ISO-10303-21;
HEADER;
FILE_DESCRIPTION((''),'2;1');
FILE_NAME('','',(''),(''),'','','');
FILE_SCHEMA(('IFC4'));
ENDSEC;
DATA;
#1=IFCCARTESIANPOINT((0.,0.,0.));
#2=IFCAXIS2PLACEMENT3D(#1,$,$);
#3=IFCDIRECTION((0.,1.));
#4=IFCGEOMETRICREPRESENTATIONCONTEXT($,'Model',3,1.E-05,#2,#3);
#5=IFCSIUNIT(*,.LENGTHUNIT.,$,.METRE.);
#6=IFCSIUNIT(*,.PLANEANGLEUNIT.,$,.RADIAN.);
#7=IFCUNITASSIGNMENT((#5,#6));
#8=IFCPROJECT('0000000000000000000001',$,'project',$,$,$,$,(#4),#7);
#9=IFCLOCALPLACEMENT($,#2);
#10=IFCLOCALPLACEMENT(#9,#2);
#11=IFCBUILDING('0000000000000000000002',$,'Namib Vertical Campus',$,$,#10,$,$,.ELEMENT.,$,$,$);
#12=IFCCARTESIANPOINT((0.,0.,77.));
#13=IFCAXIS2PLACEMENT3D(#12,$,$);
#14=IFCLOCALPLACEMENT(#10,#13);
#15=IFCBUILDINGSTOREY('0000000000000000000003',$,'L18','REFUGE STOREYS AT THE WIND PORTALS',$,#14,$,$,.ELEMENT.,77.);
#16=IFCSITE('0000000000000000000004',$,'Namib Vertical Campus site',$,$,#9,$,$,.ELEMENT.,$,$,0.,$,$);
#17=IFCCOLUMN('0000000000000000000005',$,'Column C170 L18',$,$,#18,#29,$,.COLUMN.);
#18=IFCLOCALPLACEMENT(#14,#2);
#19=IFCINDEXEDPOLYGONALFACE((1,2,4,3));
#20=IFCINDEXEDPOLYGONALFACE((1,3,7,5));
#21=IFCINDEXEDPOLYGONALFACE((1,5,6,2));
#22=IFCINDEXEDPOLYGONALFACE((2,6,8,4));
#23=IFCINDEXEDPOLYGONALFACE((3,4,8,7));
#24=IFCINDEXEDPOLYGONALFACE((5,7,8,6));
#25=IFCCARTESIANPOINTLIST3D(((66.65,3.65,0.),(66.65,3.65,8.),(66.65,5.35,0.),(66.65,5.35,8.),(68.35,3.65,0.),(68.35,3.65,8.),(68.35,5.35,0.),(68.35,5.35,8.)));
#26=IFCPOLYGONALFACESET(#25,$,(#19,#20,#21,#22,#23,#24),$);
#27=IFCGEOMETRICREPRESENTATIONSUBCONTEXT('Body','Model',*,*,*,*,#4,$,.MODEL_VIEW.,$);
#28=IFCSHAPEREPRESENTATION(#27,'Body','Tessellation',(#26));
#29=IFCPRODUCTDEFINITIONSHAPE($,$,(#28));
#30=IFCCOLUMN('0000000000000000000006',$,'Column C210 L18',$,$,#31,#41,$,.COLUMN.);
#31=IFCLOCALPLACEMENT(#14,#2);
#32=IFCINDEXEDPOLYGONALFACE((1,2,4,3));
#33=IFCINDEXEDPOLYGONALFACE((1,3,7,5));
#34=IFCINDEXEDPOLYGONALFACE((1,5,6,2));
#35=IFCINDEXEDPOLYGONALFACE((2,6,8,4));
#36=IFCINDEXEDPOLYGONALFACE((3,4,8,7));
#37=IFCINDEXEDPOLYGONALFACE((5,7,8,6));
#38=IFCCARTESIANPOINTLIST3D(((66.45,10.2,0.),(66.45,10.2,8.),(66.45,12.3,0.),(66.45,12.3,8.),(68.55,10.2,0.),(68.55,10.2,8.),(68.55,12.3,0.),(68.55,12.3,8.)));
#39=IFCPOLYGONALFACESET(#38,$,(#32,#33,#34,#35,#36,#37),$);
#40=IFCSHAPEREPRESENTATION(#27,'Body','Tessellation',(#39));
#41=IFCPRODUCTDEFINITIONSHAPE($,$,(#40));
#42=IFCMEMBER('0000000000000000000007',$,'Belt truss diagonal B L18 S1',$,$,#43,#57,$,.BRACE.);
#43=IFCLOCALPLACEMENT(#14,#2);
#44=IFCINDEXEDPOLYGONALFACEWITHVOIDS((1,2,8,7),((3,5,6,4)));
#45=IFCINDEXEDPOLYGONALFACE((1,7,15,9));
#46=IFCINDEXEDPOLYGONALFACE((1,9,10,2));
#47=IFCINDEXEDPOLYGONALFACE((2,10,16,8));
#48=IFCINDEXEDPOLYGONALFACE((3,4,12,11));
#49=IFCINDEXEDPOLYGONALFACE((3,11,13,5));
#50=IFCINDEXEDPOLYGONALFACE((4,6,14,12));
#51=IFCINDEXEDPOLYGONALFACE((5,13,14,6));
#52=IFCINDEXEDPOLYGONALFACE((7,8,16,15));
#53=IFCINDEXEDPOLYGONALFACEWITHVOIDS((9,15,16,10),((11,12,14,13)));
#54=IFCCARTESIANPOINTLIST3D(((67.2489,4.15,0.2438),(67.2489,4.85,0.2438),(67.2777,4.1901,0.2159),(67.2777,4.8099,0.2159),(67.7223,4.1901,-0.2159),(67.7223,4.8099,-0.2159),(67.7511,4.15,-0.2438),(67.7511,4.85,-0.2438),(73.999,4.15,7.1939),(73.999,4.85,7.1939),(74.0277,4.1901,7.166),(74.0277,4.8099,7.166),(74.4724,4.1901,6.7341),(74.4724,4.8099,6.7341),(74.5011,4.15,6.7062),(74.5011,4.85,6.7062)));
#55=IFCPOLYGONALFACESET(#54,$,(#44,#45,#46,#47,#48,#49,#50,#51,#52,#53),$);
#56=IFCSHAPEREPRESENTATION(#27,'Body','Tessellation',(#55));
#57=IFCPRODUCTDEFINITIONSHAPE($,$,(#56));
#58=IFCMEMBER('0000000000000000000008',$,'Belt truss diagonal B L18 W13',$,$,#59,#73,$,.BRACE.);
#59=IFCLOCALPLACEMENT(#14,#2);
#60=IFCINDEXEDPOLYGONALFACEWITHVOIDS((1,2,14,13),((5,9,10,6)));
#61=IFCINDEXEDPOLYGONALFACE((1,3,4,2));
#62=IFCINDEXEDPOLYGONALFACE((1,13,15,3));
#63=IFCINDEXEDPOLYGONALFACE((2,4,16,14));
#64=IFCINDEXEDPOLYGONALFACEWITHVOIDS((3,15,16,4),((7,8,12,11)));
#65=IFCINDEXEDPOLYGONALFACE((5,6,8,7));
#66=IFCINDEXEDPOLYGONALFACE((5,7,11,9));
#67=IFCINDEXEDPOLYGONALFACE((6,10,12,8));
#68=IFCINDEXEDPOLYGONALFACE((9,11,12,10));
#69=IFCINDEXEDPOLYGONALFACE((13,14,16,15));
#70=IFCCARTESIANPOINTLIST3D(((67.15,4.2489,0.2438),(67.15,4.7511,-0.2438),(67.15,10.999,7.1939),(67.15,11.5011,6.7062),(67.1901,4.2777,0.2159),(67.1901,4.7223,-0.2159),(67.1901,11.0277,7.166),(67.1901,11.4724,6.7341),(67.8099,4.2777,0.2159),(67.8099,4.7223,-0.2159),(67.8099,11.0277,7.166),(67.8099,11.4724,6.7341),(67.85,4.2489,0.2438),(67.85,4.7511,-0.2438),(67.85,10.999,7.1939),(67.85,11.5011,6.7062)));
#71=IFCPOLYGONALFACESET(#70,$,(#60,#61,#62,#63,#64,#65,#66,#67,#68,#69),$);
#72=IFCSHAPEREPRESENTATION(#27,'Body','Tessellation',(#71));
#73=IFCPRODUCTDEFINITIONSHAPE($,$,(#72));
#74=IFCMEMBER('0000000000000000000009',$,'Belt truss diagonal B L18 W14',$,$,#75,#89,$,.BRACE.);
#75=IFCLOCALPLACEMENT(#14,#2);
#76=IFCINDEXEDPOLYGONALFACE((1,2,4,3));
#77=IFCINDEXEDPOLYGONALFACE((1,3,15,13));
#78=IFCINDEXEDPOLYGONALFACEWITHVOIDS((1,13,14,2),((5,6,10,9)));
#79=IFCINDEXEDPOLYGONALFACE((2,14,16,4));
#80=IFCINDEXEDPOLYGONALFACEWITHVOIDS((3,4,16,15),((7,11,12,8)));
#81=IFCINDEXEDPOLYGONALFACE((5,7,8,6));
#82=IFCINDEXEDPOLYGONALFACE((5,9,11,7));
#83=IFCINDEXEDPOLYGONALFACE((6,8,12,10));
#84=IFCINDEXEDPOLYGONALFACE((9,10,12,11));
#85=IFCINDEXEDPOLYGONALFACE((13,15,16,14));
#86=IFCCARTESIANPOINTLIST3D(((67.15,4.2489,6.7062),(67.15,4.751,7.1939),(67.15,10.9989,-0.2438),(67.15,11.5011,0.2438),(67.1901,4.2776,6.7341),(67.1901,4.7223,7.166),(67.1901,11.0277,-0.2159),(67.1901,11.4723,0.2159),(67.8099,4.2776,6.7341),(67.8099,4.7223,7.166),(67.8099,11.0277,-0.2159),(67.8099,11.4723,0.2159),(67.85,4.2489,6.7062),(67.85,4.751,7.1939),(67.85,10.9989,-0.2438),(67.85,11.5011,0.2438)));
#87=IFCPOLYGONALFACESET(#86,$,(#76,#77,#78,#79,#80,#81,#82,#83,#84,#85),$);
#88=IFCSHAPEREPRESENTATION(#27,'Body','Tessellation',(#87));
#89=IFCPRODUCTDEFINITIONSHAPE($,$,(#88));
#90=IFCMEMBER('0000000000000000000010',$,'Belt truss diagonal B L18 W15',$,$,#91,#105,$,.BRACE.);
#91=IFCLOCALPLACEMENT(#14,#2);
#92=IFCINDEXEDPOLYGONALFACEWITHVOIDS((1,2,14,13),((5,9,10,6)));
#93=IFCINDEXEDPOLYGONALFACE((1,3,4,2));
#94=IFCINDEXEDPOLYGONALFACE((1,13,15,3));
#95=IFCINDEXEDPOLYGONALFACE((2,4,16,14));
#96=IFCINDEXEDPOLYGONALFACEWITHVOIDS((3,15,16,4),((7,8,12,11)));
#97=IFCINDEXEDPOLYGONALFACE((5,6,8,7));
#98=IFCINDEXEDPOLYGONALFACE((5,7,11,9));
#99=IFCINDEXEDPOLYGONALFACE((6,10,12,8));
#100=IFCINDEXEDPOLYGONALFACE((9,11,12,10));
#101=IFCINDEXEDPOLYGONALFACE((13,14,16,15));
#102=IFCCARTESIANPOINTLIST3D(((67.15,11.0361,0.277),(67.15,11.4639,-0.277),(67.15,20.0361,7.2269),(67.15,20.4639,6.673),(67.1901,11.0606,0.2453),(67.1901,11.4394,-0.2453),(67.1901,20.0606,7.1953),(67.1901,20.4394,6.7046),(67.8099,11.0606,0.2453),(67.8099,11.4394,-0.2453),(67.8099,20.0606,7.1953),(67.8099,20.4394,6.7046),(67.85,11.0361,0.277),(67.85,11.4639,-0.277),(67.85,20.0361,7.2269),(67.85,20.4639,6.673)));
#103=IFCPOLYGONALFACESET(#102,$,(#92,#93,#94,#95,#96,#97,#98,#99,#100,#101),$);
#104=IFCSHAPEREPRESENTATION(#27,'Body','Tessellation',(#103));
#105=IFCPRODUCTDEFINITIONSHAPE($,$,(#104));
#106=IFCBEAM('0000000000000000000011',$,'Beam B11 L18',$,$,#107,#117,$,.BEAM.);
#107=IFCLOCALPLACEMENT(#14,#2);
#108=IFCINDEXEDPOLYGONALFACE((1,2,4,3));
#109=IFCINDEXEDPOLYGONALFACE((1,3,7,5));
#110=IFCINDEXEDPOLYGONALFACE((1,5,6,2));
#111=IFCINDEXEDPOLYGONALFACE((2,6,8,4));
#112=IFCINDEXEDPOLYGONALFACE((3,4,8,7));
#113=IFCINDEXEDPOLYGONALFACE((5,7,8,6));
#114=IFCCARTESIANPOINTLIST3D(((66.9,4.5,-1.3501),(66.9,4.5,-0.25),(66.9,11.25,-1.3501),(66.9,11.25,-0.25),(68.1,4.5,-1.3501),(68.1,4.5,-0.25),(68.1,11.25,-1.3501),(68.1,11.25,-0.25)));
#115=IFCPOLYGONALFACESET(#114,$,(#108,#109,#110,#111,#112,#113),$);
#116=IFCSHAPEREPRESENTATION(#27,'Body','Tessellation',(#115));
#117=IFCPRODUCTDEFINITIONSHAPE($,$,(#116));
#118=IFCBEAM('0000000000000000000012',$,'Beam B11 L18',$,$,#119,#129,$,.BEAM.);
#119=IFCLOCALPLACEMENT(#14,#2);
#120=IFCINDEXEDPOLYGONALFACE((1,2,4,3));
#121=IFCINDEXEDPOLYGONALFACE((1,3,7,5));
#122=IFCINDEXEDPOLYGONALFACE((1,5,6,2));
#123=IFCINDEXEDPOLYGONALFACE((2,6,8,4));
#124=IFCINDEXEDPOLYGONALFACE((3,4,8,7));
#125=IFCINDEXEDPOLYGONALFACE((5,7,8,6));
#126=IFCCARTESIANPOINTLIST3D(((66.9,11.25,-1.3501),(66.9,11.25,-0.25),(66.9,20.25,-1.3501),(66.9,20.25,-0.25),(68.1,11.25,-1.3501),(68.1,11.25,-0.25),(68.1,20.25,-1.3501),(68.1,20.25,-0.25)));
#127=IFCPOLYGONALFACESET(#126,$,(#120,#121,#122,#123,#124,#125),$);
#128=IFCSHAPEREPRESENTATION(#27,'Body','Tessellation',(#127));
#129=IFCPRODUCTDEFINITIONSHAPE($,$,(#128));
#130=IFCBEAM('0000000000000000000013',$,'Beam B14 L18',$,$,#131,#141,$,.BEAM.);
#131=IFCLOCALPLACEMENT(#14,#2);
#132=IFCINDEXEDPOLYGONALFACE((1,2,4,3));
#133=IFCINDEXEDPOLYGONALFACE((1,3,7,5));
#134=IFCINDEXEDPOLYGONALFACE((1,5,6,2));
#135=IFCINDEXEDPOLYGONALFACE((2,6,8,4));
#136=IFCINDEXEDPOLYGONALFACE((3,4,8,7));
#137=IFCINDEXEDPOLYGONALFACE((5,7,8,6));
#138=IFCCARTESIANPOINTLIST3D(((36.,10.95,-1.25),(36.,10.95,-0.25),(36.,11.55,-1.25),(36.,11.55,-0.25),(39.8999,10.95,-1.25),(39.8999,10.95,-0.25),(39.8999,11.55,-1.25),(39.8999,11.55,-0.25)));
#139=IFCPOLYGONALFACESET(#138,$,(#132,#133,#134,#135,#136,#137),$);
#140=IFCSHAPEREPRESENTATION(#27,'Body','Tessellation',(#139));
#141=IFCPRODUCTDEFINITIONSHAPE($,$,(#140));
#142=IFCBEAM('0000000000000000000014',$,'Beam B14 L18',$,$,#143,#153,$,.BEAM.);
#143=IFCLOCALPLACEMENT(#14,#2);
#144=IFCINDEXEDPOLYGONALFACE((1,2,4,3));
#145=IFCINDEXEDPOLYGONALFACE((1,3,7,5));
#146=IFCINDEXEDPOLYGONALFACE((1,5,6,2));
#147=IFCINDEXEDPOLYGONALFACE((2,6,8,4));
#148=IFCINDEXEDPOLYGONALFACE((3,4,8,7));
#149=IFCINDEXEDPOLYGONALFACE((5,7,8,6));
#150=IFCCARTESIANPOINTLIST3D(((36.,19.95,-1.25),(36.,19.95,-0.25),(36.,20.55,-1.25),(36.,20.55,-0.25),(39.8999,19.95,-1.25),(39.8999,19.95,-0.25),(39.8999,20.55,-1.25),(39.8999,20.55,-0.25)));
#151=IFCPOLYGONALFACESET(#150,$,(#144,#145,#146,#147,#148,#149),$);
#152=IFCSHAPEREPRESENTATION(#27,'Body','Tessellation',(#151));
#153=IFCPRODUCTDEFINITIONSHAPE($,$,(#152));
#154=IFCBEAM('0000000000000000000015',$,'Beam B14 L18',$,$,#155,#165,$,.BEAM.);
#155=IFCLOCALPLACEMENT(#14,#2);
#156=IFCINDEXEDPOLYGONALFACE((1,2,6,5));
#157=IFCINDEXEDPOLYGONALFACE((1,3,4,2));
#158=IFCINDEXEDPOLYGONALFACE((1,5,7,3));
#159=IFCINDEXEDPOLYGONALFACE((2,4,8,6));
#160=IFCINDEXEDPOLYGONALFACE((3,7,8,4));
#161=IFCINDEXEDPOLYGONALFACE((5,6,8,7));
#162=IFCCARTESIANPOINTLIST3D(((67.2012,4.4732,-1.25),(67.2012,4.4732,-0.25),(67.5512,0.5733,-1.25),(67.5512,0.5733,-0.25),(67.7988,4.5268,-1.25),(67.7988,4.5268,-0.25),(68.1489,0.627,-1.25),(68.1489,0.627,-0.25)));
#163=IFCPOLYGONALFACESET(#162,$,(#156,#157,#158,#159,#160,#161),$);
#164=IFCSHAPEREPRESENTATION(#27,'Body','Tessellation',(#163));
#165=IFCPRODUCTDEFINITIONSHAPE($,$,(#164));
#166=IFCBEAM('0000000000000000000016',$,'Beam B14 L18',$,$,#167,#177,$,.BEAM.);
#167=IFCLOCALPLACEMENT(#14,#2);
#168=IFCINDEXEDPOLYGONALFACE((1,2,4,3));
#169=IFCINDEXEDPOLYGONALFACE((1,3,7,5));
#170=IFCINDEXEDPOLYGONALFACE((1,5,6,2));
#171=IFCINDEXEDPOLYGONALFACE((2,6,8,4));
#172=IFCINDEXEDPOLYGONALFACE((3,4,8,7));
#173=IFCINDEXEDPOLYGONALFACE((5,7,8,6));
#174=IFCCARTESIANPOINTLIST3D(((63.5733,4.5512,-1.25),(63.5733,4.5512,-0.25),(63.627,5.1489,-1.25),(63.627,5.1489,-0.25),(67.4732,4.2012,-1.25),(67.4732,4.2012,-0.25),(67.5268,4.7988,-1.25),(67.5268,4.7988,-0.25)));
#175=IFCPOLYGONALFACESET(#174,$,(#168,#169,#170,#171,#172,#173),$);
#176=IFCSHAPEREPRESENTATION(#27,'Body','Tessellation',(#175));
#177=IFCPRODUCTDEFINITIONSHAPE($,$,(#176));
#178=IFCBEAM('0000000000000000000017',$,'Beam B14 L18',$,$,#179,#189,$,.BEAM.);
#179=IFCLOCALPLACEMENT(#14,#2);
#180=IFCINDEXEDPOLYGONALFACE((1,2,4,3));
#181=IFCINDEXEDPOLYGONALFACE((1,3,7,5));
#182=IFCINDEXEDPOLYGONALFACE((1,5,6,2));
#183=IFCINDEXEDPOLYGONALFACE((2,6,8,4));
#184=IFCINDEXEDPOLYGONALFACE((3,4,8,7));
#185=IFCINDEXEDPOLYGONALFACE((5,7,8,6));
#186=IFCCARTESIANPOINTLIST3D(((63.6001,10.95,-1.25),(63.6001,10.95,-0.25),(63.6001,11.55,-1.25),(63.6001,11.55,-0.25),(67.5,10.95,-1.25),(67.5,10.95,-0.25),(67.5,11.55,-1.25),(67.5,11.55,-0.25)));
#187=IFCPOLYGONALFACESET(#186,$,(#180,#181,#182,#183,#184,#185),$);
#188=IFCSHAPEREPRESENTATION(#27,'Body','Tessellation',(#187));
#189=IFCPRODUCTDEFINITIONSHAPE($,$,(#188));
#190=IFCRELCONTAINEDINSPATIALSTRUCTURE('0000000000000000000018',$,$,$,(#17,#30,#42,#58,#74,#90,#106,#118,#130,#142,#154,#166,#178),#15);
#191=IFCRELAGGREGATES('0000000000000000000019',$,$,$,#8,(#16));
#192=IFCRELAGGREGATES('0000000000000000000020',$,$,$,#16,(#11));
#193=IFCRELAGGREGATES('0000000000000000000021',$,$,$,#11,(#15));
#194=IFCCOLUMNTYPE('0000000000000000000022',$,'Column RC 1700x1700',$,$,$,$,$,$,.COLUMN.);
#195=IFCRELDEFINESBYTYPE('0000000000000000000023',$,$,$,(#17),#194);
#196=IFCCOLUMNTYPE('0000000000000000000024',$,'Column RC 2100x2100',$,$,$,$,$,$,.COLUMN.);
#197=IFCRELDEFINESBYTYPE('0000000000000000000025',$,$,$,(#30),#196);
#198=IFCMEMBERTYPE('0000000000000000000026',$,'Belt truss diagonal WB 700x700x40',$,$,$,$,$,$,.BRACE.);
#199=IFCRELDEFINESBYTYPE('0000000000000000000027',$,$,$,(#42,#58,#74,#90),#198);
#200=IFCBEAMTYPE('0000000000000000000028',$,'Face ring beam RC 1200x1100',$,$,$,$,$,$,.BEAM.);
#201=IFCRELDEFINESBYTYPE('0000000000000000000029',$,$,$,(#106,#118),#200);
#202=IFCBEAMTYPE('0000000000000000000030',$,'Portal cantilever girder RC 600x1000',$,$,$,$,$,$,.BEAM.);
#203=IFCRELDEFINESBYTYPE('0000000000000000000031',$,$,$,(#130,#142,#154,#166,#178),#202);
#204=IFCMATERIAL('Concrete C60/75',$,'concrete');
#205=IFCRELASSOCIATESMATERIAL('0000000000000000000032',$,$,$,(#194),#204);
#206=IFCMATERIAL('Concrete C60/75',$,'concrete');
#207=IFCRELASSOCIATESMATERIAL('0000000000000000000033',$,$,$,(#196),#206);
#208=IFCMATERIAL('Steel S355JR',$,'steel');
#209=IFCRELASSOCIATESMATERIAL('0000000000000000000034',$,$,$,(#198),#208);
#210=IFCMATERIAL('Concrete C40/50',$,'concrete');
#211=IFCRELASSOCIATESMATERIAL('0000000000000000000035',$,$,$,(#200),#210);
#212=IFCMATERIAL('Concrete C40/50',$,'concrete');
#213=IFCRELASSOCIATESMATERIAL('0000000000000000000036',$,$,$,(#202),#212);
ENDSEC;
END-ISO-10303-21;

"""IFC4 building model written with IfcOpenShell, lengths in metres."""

from ifc_helpers import new_model, si_unit, direction, frame, origin, origin_2d, place, context, subcontext, project, spatial, rectangle, hollow_rectangle, extrude, material, material_profile, profile_set, type_object, element, save


model = new_model("IFC4")

# Units and contexts
model_context = context("Model", 3, precision=1e-05, world=origin(), true_north=direction((0.0, 1.0)))
body_context = subcontext(model_context, "Body", "Model", "MODEL_VIEW")
ifc_project = project(units=[si_unit("LENGTHUNIT", "METRE"), si_unit("PLANEANGLEUNIT", "RADIAN")], contexts=[model_context])

# Site, building, storey
site_placement = place(None, origin())
site = spatial("IfcSite", under=ifc_project, at=site_placement, Name="Namib Vertical Campus site", CompositionType="ELEMENT", RefElevation=0.0)
building_placement = place(site_placement, origin())
building = spatial("IfcBuilding", under=site, at=building_placement, Name="Namib Vertical Campus", CompositionType="ELEMENT")
storey_placement = place(building_placement, frame((0.0, 0.0, 77.0)))
storey = spatial("IfcBuildingStorey", under=building, at=storey_placement, Name="L18", Description="REFUGE STOREYS AT THE WIND PORTALS", CompositionType="ELEMENT", Elevation=77.0)

# Columns
ifc_material_1 = material(Name="Concrete C60/75", Category="concrete")
ifc_material_profile_1 = material_profile(ifc_material_1, rectangle(XDim=1.7, YDim=1.7, at=origin_2d()))
ifc_profile_set_1 = profile_set([ifc_material_profile_1], Name="Concrete C60/75")
column_type_1 = type_object("IfcColumnType", Name="Column RC 1700x1700", PredefinedType="COLUMN", material=ifc_profile_set_1)
column_1_placement = place(storey_placement, frame((67.5, 4.5, 0.0), z_axis=(0.0, 0.0, 1.0), x_axis=(1.0, 0.0, 0.0)))
element("IfcColumn", 1, at=column_1_placement, inside=storey, type_object=column_type_1, Name="Column C170 L18", PredefinedType="COLUMN", context=body_context, shape_type="SweptSolid", body=[
    extrude(rectangle(XDim=1.7, YDim=1.7, at=origin_2d()), origin(), (0.0, 0.0, 1.0), 8.0),
])
ifc_material_2 = material(Name="Concrete C60/75", Category="concrete")
ifc_material_profile_2 = material_profile(ifc_material_2, rectangle(XDim=2.1001, YDim=2.1001, at=origin_2d()))
ifc_profile_set_2 = profile_set([ifc_material_profile_2], Name="Concrete C60/75")
column_type_2 = type_object("IfcColumnType", Name="Column RC 2100x2100", PredefinedType="COLUMN", material=ifc_profile_set_2)
column_2_placement = place(storey_placement, frame((67.5, 11.25, 0.0), z_axis=(0.0, 0.0, 1.0), x_axis=(1.0, 0.0, 0.0)))
element("IfcColumn", 2, at=column_2_placement, inside=storey, type_object=column_type_2, Name="Column C210 L18", PredefinedType="COLUMN", context=body_context, shape_type="SweptSolid", body=[
    extrude(rectangle(XDim=2.1001, YDim=2.1001, at=origin_2d()), origin(), (0.0, 0.0, 1.0), 8.0),
])

# Members
ifc_material_3 = material(Name="Steel S355JR", Category="steel")
ifc_material_profile_3 = material_profile(ifc_material_3, hollow_rectangle(XDim=0.7, YDim=0.7, WallThickness=0.04, at=origin_2d()))
ifc_profile_set_3 = profile_set([ifc_material_profile_3], Name="Steel S355JR")
member_type = type_object("IfcMemberType", Name="Belt truss diagonal WB 700x700x40", PredefinedType="BRACE", material=ifc_profile_set_3)
for number, where, z_axis, x_axis, name in (
    (3, (67.5, 4.5, 0.0), (0.696712, 0.0, 0.717351), (0.0, 1.0, 0.0), "Belt truss diagonal B L18 S1"),
    (4, (67.5, 4.5, 0.0), (0.0, 0.696712, 0.717351), (-1.0, 0.0, 0.0), "Belt truss diagonal B L18 W13"),
    (5, (67.5, 11.25, 0.0), (0.0, -0.696712, 0.717351), (1.0, 0.0, 0.0), "Belt truss diagonal B L18 W14"),
):
    element("IfcMember", number, at=place(storey_placement, frame(where, z_axis=z_axis, x_axis=x_axis)), inside=storey, type_object=member_type, Name=name, PredefinedType="BRACE", context=body_context, shape_type="SweptSolid", body=[
        extrude(hollow_rectangle(XDim=0.7, YDim=0.7, WallThickness=0.04, at=origin_2d()), origin(), (0.0, 0.0, 1.0), 9.6885),
    ])
member_placement = place(storey_placement, frame((67.5, 11.25, 0.0), z_axis=(0.0, 0.79148, 0.611194), x_axis=(-1.0, 0.0, 0.0)))
element("IfcMember", 6, at=member_placement, inside=storey, type_object=member_type, Name="Belt truss diagonal B L18 W15", PredefinedType="BRACE", context=body_context, shape_type="SweptSolid", body=[
    extrude(hollow_rectangle(XDim=0.7, YDim=0.7, WallThickness=0.04, at=origin_2d()), origin(), (0.0, 0.0, 1.0), 11.3711),
])

# Beams
ifc_material_4 = material(Name="Concrete C40/50", Category="concrete")
ifc_material_profile_4 = material_profile(ifc_material_4, rectangle(XDim=1.2, YDim=1.1001, at=origin_2d()))
ifc_profile_set_4 = profile_set([ifc_material_profile_4], Name="Concrete C40/50")
beam_type_1 = type_object("IfcBeamType", Name="Face ring beam RC 1200x1100", PredefinedType="BEAM", material=ifc_profile_set_4)
beam_1_placement = place(storey_placement, frame((67.5, 4.5, -0.8), z_axis=(0.0, 1.0, 0.0), x_axis=(-1.0, 0.0, 0.0)))
element("IfcBeam", 7, at=beam_1_placement, inside=storey, type_object=beam_type_1, Name="Beam B11 L18", PredefinedType="BEAM", context=body_context, shape_type="SweptSolid", body=[
    extrude(rectangle(XDim=1.2, YDim=1.1001, at=origin_2d()), origin(), (0.0, 0.0, 1.0), 6.75),
])
beam_2_placement = place(storey_placement, frame((67.5, 11.25, -0.8), z_axis=(0.0, 1.0, 0.0), x_axis=(-1.0, 0.0, 0.0)))
element("IfcBeam", 8, at=beam_2_placement, inside=storey, type_object=beam_type_1, Name="Beam B11 L18", PredefinedType="BEAM", context=body_context, shape_type="SweptSolid", body=[
    extrude(rectangle(XDim=1.2, YDim=1.1001, at=origin_2d()), origin(), (0.0, 0.0, 1.0), 9.0),
])
ifc_material_5 = material(Name="Concrete C40/50", Category="concrete")
ifc_material_profile_5 = material_profile(ifc_material_5, rectangle(XDim=0.6001, YDim=1.0, at=origin_2d()))
ifc_profile_set_5 = profile_set([ifc_material_profile_5], Name="Concrete C40/50")
beam_type_2 = type_object("IfcBeamType", Name="Portal cantilever girder RC 600x1000", PredefinedType="BEAM", material=ifc_profile_set_5)
for number, where, z_axis, x_axis, name in (
    (9, (36.0, 11.25, -0.75), (1.0, 0.0, 0.0), (0.0, 1.0, 0.0), "Beam B14 L18"),
    (10, (36.0, 20.25, -0.75), (1.0, 0.0, 0.0), (0.0, 1.0, 0.0), "Beam B14 L18"),
):
    element("IfcBeam", number, at=place(storey_placement, frame(where, z_axis=z_axis, x_axis=x_axis)), inside=storey, type_object=beam_type_2, Name=name, PredefinedType="BEAM", context=body_context, shape_type="SweptSolid", body=[
        extrude(rectangle(XDim=0.6001, YDim=1.0, at=origin_2d()), origin(), (0.0, 0.0, 1.0), 3.8999),
    ])
for number, where, z_axis, x_axis, name in (
    (11, (67.5, 4.5, -0.75), (0.089411, -0.995995, 0.0), (0.995995, 0.089411, 0.0), "Beam B14 L18"),
    (12, (67.5, 4.5, -0.75), (-0.995995, 0.089411, 0.0), (-0.089411, -0.995995, 0.0), "Beam B14 L18"),
):
    element("IfcBeam", number, at=place(storey_placement, frame(where, z_axis=z_axis, x_axis=x_axis)), inside=storey, type_object=beam_type_2, Name=name, PredefinedType="BEAM", context=body_context, shape_type="SweptSolid", body=[
        extrude(rectangle(XDim=0.6001, YDim=1.0, at=origin_2d()), origin(), (0.0, 0.0, 1.0), 3.9155),
    ])
beam_3_placement = place(storey_placement, frame((67.5, 11.25, -0.75), z_axis=(-1.0, 0.0, 0.0), x_axis=(0.0, -1.0, 0.0)))
element("IfcBeam", 13, at=beam_3_placement, inside=storey, type_object=beam_type_2, Name="Beam B14 L18", PredefinedType="BEAM", context=body_context, shape_type="SweptSolid", body=[
    extrude(rectangle(XDim=0.6001, YDim=1.0, at=origin_2d()), origin(), (0.0, 0.0, 1.0), 3.8999),
])

save(model, "model.ifc")
